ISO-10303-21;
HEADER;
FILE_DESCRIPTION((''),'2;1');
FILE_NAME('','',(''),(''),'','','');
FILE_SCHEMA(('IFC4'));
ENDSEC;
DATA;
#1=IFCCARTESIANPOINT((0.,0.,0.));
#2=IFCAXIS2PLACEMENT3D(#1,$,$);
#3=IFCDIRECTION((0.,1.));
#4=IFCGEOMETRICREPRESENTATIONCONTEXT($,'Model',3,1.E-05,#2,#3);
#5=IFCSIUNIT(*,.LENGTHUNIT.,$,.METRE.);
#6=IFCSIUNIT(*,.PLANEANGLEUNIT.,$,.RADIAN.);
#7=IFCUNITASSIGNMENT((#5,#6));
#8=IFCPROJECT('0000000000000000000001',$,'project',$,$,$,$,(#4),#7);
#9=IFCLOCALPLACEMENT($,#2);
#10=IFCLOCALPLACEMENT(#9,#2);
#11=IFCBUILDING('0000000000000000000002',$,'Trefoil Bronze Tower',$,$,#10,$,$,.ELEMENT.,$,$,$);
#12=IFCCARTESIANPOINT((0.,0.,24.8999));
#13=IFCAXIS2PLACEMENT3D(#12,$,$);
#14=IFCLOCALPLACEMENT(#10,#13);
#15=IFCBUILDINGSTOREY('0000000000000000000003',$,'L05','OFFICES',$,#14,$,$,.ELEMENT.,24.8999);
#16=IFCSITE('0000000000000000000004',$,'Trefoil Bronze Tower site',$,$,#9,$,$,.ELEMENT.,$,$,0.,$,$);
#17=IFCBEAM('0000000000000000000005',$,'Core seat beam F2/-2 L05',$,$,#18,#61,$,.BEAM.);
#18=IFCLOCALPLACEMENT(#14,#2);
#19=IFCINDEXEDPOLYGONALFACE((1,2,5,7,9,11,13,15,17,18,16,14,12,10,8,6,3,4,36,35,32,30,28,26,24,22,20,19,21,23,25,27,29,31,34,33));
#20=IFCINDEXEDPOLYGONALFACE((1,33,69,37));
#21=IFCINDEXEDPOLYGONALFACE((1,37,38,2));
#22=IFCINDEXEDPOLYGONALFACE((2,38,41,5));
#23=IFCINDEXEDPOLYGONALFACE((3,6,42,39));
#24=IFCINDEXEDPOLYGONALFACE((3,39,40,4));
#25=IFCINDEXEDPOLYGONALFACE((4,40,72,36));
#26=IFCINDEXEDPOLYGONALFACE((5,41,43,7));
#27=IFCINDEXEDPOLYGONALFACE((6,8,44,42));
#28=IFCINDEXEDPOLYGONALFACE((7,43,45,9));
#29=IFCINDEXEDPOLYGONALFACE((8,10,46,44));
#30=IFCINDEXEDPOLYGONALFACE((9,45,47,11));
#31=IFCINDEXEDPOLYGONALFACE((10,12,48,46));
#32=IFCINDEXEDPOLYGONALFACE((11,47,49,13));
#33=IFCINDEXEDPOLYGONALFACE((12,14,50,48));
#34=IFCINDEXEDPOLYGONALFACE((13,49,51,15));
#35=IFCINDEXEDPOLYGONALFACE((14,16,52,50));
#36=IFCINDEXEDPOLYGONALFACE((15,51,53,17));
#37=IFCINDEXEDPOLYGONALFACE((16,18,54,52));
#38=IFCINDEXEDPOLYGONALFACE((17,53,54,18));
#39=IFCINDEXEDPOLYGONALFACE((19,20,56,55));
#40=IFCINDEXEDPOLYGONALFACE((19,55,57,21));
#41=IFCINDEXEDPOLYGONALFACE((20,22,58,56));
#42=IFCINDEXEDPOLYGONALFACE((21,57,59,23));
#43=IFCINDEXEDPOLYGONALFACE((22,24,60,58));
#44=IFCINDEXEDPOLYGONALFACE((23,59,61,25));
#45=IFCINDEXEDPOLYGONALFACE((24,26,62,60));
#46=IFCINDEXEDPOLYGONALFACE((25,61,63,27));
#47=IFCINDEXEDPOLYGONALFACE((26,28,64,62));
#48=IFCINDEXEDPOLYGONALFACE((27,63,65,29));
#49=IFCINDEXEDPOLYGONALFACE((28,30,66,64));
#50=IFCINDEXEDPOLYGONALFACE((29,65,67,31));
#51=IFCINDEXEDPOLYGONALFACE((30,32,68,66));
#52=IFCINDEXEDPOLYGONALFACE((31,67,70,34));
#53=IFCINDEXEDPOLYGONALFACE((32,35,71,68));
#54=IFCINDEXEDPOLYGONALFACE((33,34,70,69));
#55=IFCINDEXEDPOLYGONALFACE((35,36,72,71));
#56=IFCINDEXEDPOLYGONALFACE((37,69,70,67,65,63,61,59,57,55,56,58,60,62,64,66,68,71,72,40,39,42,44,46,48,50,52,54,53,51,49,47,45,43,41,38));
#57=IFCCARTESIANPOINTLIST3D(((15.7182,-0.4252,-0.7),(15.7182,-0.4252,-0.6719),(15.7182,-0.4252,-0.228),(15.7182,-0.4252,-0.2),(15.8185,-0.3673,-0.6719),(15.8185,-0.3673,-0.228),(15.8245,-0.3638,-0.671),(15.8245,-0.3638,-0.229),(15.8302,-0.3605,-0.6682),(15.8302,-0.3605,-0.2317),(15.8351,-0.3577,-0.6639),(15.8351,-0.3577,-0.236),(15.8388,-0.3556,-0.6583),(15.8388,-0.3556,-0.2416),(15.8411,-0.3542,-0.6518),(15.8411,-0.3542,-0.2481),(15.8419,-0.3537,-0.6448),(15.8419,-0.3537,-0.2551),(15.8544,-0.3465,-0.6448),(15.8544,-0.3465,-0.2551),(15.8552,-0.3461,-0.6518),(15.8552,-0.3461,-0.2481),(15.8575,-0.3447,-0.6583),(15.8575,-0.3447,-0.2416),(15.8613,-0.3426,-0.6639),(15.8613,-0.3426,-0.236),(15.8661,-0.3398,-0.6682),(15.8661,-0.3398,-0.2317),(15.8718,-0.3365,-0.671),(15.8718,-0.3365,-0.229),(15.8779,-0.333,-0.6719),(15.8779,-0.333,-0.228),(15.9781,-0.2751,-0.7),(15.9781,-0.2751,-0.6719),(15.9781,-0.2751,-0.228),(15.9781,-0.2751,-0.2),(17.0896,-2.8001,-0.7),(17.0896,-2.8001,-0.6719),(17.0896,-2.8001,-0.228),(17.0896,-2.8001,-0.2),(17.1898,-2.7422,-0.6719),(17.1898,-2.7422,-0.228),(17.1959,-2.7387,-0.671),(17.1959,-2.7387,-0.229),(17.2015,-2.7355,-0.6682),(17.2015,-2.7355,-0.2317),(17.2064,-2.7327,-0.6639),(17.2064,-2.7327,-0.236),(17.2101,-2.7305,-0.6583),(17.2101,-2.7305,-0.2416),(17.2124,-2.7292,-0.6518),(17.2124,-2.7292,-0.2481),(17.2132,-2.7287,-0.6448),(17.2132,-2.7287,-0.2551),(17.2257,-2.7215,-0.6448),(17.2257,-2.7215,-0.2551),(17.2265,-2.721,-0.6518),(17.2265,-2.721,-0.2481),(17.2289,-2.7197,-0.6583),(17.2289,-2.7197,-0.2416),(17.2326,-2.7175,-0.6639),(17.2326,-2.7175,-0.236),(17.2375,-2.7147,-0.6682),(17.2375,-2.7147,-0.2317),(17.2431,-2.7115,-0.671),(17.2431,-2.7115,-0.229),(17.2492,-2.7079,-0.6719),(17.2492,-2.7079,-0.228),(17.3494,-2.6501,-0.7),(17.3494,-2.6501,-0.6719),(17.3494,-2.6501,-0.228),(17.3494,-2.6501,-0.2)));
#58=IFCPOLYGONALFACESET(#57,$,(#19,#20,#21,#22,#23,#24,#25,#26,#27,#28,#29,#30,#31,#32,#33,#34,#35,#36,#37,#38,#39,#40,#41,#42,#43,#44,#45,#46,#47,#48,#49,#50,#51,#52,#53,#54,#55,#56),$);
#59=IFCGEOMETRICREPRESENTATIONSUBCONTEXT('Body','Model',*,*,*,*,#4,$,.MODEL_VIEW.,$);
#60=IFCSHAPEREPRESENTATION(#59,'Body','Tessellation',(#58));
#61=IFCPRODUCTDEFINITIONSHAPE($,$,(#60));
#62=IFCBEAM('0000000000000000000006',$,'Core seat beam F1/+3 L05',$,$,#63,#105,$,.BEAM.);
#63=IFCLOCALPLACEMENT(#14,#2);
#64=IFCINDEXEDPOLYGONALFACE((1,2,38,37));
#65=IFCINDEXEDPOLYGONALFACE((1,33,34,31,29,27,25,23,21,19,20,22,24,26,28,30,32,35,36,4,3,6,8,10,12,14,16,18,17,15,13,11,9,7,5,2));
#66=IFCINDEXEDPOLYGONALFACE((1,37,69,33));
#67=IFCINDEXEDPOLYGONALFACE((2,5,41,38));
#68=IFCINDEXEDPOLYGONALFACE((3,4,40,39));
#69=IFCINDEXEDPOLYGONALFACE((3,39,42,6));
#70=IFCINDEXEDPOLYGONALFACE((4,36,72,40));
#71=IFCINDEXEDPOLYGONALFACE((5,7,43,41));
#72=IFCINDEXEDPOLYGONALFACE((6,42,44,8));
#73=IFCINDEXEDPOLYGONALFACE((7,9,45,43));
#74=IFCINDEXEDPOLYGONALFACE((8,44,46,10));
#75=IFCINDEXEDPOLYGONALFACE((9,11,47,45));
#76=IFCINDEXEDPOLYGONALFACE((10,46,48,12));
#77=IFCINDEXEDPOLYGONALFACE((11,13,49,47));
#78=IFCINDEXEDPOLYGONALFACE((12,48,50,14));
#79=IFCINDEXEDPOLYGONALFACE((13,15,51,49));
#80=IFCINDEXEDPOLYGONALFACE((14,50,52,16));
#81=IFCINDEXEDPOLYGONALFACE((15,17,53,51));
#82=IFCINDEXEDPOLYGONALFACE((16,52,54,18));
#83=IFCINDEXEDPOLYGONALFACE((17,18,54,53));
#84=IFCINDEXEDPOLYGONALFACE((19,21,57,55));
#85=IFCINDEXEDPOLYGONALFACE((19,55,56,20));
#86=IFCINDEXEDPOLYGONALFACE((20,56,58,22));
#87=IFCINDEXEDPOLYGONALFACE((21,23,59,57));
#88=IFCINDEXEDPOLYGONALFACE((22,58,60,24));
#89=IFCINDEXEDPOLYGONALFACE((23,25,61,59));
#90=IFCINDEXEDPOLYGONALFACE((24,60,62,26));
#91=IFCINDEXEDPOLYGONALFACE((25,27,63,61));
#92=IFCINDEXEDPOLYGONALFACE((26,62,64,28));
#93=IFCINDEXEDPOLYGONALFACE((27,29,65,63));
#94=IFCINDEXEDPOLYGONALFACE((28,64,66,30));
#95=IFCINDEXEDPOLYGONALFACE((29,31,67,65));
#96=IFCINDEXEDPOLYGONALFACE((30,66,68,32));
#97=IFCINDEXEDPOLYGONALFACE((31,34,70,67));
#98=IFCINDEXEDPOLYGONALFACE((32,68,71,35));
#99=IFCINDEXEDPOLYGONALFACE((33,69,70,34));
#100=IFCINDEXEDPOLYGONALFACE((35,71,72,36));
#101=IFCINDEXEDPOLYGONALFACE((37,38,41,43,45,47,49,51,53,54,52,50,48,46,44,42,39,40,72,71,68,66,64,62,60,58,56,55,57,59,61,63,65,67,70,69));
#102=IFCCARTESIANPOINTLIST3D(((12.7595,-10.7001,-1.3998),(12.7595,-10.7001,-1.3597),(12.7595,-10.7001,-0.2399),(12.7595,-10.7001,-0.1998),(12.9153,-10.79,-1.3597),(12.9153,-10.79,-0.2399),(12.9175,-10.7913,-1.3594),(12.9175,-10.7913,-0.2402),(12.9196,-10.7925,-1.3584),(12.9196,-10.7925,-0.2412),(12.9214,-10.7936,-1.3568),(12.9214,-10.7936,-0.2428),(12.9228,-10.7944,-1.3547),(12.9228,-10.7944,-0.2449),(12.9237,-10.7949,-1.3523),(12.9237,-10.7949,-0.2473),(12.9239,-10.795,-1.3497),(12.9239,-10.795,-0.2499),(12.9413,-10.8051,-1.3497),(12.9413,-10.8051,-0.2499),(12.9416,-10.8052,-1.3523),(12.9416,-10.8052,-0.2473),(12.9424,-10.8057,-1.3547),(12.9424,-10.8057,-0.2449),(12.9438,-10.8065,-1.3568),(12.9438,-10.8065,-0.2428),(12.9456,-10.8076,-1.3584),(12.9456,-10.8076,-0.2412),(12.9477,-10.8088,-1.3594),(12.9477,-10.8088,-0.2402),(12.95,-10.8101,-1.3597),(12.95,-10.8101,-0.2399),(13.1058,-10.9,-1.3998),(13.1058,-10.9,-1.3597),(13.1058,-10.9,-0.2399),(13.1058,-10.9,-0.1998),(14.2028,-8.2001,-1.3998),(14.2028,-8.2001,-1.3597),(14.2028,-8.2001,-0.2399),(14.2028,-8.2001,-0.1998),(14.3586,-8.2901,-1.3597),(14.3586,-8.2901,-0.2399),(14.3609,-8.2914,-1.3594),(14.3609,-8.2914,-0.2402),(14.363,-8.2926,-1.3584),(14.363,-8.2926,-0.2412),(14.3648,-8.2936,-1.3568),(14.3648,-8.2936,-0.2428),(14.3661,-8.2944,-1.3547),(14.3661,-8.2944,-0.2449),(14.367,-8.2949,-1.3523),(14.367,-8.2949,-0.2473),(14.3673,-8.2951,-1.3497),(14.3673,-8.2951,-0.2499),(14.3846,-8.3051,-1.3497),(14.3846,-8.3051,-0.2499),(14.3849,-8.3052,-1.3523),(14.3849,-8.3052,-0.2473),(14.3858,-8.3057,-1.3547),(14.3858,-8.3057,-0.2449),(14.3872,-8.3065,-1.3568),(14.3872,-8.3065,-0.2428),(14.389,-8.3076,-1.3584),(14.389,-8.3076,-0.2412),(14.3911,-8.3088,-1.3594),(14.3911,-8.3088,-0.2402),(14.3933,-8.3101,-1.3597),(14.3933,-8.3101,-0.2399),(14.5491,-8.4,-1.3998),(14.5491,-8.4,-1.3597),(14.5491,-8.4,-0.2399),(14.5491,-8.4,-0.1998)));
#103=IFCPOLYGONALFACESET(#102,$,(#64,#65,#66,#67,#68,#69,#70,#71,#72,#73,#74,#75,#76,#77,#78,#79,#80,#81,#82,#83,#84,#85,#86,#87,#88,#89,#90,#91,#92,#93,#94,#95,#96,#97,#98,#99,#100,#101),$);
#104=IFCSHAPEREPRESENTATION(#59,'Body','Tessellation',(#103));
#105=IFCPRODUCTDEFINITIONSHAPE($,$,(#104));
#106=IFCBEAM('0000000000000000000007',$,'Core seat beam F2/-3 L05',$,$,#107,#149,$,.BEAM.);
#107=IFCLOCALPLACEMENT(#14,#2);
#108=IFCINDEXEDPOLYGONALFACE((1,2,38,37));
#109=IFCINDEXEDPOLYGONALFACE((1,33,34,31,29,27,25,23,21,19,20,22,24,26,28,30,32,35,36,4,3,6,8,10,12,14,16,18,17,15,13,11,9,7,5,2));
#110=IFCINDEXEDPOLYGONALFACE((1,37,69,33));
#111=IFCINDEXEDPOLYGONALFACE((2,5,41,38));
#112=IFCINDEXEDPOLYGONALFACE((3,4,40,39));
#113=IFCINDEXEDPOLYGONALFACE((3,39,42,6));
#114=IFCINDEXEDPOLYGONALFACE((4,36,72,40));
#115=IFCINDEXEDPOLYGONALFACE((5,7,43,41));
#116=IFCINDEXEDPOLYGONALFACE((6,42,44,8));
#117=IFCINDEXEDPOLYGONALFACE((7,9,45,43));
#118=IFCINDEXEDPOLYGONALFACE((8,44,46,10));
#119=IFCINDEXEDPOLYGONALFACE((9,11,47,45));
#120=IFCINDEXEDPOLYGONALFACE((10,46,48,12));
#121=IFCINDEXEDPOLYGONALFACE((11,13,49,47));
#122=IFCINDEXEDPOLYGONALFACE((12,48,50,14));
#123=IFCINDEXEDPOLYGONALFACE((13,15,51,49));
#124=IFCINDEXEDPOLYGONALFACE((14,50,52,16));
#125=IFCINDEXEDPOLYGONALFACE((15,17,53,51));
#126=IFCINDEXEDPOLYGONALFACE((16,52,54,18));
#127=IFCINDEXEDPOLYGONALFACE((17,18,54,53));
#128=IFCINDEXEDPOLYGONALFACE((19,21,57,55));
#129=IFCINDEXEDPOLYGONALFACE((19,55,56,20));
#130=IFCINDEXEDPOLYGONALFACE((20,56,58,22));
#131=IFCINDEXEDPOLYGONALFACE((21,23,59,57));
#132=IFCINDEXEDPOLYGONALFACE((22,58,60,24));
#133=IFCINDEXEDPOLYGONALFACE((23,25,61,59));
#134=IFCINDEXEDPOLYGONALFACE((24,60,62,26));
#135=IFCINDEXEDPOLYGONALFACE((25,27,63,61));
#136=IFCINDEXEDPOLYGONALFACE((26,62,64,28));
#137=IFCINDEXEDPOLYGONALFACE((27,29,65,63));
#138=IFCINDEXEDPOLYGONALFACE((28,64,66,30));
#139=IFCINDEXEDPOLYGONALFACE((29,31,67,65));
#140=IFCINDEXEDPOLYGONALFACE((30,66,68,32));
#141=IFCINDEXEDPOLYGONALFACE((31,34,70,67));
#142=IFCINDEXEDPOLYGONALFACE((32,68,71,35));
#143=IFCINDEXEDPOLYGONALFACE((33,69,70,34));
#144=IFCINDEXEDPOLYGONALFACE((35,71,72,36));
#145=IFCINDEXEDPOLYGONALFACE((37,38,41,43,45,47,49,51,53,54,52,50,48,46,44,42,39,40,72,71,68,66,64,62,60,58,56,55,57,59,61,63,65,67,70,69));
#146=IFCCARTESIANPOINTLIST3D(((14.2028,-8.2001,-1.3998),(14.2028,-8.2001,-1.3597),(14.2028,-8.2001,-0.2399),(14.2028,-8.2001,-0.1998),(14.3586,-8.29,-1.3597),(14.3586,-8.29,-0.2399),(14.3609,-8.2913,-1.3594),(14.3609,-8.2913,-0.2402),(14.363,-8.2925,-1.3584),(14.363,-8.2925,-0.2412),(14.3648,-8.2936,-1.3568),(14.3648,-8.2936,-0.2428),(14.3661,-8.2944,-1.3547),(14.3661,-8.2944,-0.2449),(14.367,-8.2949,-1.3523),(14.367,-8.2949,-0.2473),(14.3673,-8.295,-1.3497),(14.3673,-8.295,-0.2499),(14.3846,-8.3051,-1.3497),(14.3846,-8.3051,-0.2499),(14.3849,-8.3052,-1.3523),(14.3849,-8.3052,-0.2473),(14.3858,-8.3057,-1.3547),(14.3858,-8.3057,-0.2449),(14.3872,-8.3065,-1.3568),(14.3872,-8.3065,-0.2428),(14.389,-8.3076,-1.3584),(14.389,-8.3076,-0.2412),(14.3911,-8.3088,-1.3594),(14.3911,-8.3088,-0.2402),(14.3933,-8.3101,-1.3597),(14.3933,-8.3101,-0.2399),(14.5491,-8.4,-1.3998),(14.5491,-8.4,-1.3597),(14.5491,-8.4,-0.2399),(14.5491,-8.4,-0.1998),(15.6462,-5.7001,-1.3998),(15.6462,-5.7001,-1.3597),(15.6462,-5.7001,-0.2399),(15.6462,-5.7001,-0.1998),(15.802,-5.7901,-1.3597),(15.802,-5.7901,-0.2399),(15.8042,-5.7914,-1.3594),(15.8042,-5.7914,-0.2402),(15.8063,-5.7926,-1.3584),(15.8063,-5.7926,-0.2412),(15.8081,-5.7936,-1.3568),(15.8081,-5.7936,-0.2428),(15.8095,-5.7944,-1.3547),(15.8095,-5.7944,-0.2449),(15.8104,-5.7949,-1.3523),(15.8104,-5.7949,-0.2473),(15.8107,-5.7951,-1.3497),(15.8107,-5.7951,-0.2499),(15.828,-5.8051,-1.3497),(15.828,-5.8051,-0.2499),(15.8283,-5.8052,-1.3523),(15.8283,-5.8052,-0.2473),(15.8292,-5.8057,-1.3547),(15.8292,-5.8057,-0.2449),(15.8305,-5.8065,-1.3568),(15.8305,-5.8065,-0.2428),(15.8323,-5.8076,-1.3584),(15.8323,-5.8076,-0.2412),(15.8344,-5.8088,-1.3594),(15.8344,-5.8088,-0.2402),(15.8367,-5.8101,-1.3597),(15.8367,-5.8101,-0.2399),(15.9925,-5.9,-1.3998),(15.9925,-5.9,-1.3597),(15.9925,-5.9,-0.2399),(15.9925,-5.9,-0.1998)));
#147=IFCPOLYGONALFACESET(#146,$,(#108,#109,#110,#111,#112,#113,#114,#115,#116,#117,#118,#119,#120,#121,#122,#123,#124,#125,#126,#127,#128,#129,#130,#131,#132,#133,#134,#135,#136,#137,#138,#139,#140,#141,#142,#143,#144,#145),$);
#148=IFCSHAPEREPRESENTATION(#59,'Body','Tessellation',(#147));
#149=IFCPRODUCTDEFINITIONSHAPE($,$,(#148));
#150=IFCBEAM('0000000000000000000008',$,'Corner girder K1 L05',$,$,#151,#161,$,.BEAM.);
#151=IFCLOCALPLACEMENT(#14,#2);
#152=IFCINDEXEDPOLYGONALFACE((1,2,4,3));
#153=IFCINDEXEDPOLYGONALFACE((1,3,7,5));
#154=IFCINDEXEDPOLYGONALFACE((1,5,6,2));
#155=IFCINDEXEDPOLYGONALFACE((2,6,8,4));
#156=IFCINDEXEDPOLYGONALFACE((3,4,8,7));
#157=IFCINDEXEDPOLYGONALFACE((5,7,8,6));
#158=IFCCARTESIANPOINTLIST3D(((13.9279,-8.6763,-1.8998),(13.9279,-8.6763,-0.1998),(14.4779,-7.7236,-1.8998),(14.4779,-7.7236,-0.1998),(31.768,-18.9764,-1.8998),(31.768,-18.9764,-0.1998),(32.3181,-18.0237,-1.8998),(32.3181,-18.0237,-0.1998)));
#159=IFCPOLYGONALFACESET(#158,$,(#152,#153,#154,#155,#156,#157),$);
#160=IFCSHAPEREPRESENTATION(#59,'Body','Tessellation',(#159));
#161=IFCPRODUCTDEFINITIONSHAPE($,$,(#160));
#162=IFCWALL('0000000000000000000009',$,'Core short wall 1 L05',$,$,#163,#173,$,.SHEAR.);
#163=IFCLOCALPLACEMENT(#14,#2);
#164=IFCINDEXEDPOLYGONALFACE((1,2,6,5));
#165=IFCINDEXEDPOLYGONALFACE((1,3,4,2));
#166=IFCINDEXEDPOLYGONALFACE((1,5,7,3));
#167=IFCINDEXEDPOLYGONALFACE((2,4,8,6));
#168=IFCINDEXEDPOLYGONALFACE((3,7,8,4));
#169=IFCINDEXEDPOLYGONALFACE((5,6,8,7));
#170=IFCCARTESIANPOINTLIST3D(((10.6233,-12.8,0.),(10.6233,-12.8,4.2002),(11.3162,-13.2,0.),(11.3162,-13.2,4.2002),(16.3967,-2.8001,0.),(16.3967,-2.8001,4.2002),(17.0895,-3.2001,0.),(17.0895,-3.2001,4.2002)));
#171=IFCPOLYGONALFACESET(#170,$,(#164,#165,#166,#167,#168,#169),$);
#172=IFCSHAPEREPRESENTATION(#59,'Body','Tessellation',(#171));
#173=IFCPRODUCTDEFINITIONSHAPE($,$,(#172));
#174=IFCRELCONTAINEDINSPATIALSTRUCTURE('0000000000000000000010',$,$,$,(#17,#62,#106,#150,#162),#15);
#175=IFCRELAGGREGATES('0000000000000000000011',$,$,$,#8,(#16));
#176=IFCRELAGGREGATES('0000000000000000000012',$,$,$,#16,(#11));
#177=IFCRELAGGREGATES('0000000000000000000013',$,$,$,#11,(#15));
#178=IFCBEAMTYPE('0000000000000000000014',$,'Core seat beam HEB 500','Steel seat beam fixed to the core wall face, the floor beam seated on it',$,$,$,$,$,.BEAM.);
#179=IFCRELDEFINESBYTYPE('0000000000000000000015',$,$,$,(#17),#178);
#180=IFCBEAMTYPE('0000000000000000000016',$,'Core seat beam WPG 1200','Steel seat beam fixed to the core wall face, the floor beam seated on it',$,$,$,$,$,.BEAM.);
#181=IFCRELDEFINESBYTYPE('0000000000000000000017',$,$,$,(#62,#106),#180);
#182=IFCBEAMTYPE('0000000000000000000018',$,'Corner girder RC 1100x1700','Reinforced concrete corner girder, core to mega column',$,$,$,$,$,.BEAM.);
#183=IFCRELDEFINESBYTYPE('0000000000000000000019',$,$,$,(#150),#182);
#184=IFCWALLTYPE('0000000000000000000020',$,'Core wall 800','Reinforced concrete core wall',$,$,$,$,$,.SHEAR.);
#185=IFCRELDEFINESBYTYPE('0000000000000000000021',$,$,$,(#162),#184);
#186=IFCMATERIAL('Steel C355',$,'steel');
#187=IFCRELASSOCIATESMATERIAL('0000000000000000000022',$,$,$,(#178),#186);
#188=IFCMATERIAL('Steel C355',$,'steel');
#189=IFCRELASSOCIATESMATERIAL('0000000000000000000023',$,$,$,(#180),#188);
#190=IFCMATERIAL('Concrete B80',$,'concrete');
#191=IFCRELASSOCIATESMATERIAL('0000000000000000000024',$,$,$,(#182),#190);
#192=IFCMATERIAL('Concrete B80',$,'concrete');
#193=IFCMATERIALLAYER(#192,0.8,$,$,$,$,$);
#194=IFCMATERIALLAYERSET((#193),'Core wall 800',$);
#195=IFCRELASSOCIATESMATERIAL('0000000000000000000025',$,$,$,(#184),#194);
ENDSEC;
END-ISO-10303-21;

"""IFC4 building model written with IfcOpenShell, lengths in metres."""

from ifc_helpers import new_model, si_unit, direction, frame, frame_2d, origin, origin_2d, place, context, subcontext, project, spatial, rectangle, i_section, extrude, material, layer, layer_set, material_profile, profile_set, type_object, element, save


model = new_model("IFC4")

# Units and contexts
model_context = context("Model", 3, precision=1e-05, world=origin(), true_north=direction((0.0, 1.0)))
body_context = subcontext(model_context, "Body", "Model", "MODEL_VIEW")
ifc_project = project(units=[si_unit("LENGTHUNIT", "METRE"), si_unit("PLANEANGLEUNIT", "RADIAN")], contexts=[model_context])

# Site, building, storey
site_placement = place(None, origin())
site = spatial("IfcSite", under=ifc_project, at=site_placement, Name="Trefoil Bronze Tower site", CompositionType="ELEMENT", RefElevation=0.0)
building_placement = place(site_placement, origin())
building = spatial("IfcBuilding", under=site, at=building_placement, Name="Trefoil Bronze Tower", CompositionType="ELEMENT")
storey_placement = place(building_placement, frame((0.0, 0.0, 24.8999)))
storey = spatial("IfcBuildingStorey", under=building, at=storey_placement, Name="L05", Description="OFFICES", CompositionType="ELEMENT", Elevation=24.8999)

# Beams
ifc_material_1 = material(Name="Steel C355", Category="steel")
ifc_material_profile_1 = material_profile(ifc_material_1, i_section(OverallWidth=0.3, OverallDepth=0.5, WebThickness=0.0144, FlangeThickness=0.0281, FilletRadius=0.0271, at=origin_2d()), Name="HEB 500")
ifc_profile_set_1 = profile_set([ifc_material_profile_1], Name="Steel C355")
beam_type_1 = type_object("IfcBeamType", Name="Core seat beam HEB 500", Description="Steel seat beam fixed to the core wall face, the floor beam seated on it", PredefinedType="BEAM", material=ifc_profile_set_1)
beam_1_placement = place(storey_placement, frame((17.2195, -2.7251, -0.45), z_axis=(-0.500036, 0.866005, 0.0), x_axis=(-0.866005, -0.500036, 0.0)))
element("IfcBeam", 1, at=beam_1_placement, inside=storey, type_object=beam_type_1, Name="Core seat beam F2/-2 L05", PredefinedType="BEAM", context=body_context, shape_type="SweptSolid", body=[
    extrude(i_section(OverallWidth=0.3, OverallDepth=0.5, WebThickness=0.0144, FlangeThickness=0.0281, FilletRadius=0.0271, at=origin_2d()), origin(), (0.0, 0.0, 1.0), 2.7424),
])
ifc_material_2 = material(Name="Steel C355", Category="steel")
ifc_material_profile_2 = material_profile(ifc_material_2, i_section(OverallWidth=0.3999, OverallDepth=1.2, WebThickness=0.02, FlangeThickness=0.04, FilletRadius=0.01, at=origin_2d()), Name="WPG 1200")
ifc_profile_set_2 = profile_set([ifc_material_profile_2], Name="Steel C355")
beam_type_2 = type_object("IfcBeamType", Name="Core seat beam WPG 1200", Description="Steel seat beam fixed to the core wall face, the floor beam seated on it", PredefinedType="BEAM", material=ifc_profile_set_2)
for number, where, z_axis, x_axis, name in (
    (2, (12.9326, -10.8, -0.7998), (0.499996, 0.866028, 0.0), (-0.866028, 0.499996, 0.0), "Core seat beam F1/+3 L05"),
    (3, (14.376, -8.3, -0.7998), (0.499996, 0.866028, 0.0), (-0.866028, 0.499996, 0.0), "Core seat beam F2/-3 L05"),
):
    element("IfcBeam", number, at=place(storey_placement, frame(where, z_axis=z_axis, x_axis=x_axis)), inside=storey, type_object=beam_type_2, Name=name, PredefinedType="BEAM", context=body_context, shape_type="SweptSolid", body=[
        extrude(i_section(OverallWidth=0.3999, OverallDepth=1.2, WebThickness=0.02, FlangeThickness=0.04, FilletRadius=0.01, at=origin_2d()), origin(), (0.0, 0.0, 1.0), 2.8867),
    ])
ifc_material_3 = material(Name="Concrete B80", Category="concrete")
ifc_material_profile_3 = material_profile(ifc_material_3, rectangle(XDim=1.1001, YDim=1.7, at=origin_2d()), Name="RC 1100x1700")
ifc_profile_set_3 = profile_set([ifc_material_profile_3], Name="Concrete B80")
beam_type_3 = type_object("IfcBeamType", Name="Corner girder RC 1100x1700", Description="Reinforced concrete corner girder, core to mega column", PredefinedType="BEAM", material=ifc_profile_set_3)
beam_2_placement = place(storey_placement, frame((14.2029, -8.2, -1.0498), z_axis=(0.866024, -0.500003, 0.0), x_axis=(0.500003, 0.866024, 0.0)))
element("IfcBeam", 4, at=beam_2_placement, inside=storey, type_object=beam_type_3, Name="Corner girder K1 L05", PredefinedType="BEAM", context=body_context, shape_type="SweptSolid", body=[
    extrude(rectangle(XDim=1.1001, YDim=1.7, at=origin_2d()), origin(), (0.0, 0.0, 1.0), 20.6001),
])

# Wall
ifc_material_4 = material(Name="Concrete B80", Category="concrete")
ifc_layer_1 = layer(ifc_material_4, 0.8)
ifc_layer_set_1 = layer_set([ifc_layer_1], Name="Core wall 800")
wall_type_1 = type_object("IfcWallType", Name="Core wall 800", Description="Reinforced concrete core wall", PredefinedType="SHEAR", material=ifc_layer_set_1)
wall_1_placement = place(storey_placement, frame((10.9697, -13.0, 0.0), z_axis=(0.0, 0.0, 1.0), x_axis=(0.499996, 0.866028, 0.0)))
element("IfcWall", 5, at=wall_1_placement, inside=storey, type_object=wall_type_1, Name="Core short wall 1 L05", PredefinedType="SHEAR", context=body_context, shape_type="SweptSolid", body=[
    extrude(rectangle(XDim=11.5469, YDim=0.8, at=frame_2d((5.7734, 0.0))), origin(), (0.0, 0.0, 1.0), 4.2002),
])

save(model, "model.ifc")
